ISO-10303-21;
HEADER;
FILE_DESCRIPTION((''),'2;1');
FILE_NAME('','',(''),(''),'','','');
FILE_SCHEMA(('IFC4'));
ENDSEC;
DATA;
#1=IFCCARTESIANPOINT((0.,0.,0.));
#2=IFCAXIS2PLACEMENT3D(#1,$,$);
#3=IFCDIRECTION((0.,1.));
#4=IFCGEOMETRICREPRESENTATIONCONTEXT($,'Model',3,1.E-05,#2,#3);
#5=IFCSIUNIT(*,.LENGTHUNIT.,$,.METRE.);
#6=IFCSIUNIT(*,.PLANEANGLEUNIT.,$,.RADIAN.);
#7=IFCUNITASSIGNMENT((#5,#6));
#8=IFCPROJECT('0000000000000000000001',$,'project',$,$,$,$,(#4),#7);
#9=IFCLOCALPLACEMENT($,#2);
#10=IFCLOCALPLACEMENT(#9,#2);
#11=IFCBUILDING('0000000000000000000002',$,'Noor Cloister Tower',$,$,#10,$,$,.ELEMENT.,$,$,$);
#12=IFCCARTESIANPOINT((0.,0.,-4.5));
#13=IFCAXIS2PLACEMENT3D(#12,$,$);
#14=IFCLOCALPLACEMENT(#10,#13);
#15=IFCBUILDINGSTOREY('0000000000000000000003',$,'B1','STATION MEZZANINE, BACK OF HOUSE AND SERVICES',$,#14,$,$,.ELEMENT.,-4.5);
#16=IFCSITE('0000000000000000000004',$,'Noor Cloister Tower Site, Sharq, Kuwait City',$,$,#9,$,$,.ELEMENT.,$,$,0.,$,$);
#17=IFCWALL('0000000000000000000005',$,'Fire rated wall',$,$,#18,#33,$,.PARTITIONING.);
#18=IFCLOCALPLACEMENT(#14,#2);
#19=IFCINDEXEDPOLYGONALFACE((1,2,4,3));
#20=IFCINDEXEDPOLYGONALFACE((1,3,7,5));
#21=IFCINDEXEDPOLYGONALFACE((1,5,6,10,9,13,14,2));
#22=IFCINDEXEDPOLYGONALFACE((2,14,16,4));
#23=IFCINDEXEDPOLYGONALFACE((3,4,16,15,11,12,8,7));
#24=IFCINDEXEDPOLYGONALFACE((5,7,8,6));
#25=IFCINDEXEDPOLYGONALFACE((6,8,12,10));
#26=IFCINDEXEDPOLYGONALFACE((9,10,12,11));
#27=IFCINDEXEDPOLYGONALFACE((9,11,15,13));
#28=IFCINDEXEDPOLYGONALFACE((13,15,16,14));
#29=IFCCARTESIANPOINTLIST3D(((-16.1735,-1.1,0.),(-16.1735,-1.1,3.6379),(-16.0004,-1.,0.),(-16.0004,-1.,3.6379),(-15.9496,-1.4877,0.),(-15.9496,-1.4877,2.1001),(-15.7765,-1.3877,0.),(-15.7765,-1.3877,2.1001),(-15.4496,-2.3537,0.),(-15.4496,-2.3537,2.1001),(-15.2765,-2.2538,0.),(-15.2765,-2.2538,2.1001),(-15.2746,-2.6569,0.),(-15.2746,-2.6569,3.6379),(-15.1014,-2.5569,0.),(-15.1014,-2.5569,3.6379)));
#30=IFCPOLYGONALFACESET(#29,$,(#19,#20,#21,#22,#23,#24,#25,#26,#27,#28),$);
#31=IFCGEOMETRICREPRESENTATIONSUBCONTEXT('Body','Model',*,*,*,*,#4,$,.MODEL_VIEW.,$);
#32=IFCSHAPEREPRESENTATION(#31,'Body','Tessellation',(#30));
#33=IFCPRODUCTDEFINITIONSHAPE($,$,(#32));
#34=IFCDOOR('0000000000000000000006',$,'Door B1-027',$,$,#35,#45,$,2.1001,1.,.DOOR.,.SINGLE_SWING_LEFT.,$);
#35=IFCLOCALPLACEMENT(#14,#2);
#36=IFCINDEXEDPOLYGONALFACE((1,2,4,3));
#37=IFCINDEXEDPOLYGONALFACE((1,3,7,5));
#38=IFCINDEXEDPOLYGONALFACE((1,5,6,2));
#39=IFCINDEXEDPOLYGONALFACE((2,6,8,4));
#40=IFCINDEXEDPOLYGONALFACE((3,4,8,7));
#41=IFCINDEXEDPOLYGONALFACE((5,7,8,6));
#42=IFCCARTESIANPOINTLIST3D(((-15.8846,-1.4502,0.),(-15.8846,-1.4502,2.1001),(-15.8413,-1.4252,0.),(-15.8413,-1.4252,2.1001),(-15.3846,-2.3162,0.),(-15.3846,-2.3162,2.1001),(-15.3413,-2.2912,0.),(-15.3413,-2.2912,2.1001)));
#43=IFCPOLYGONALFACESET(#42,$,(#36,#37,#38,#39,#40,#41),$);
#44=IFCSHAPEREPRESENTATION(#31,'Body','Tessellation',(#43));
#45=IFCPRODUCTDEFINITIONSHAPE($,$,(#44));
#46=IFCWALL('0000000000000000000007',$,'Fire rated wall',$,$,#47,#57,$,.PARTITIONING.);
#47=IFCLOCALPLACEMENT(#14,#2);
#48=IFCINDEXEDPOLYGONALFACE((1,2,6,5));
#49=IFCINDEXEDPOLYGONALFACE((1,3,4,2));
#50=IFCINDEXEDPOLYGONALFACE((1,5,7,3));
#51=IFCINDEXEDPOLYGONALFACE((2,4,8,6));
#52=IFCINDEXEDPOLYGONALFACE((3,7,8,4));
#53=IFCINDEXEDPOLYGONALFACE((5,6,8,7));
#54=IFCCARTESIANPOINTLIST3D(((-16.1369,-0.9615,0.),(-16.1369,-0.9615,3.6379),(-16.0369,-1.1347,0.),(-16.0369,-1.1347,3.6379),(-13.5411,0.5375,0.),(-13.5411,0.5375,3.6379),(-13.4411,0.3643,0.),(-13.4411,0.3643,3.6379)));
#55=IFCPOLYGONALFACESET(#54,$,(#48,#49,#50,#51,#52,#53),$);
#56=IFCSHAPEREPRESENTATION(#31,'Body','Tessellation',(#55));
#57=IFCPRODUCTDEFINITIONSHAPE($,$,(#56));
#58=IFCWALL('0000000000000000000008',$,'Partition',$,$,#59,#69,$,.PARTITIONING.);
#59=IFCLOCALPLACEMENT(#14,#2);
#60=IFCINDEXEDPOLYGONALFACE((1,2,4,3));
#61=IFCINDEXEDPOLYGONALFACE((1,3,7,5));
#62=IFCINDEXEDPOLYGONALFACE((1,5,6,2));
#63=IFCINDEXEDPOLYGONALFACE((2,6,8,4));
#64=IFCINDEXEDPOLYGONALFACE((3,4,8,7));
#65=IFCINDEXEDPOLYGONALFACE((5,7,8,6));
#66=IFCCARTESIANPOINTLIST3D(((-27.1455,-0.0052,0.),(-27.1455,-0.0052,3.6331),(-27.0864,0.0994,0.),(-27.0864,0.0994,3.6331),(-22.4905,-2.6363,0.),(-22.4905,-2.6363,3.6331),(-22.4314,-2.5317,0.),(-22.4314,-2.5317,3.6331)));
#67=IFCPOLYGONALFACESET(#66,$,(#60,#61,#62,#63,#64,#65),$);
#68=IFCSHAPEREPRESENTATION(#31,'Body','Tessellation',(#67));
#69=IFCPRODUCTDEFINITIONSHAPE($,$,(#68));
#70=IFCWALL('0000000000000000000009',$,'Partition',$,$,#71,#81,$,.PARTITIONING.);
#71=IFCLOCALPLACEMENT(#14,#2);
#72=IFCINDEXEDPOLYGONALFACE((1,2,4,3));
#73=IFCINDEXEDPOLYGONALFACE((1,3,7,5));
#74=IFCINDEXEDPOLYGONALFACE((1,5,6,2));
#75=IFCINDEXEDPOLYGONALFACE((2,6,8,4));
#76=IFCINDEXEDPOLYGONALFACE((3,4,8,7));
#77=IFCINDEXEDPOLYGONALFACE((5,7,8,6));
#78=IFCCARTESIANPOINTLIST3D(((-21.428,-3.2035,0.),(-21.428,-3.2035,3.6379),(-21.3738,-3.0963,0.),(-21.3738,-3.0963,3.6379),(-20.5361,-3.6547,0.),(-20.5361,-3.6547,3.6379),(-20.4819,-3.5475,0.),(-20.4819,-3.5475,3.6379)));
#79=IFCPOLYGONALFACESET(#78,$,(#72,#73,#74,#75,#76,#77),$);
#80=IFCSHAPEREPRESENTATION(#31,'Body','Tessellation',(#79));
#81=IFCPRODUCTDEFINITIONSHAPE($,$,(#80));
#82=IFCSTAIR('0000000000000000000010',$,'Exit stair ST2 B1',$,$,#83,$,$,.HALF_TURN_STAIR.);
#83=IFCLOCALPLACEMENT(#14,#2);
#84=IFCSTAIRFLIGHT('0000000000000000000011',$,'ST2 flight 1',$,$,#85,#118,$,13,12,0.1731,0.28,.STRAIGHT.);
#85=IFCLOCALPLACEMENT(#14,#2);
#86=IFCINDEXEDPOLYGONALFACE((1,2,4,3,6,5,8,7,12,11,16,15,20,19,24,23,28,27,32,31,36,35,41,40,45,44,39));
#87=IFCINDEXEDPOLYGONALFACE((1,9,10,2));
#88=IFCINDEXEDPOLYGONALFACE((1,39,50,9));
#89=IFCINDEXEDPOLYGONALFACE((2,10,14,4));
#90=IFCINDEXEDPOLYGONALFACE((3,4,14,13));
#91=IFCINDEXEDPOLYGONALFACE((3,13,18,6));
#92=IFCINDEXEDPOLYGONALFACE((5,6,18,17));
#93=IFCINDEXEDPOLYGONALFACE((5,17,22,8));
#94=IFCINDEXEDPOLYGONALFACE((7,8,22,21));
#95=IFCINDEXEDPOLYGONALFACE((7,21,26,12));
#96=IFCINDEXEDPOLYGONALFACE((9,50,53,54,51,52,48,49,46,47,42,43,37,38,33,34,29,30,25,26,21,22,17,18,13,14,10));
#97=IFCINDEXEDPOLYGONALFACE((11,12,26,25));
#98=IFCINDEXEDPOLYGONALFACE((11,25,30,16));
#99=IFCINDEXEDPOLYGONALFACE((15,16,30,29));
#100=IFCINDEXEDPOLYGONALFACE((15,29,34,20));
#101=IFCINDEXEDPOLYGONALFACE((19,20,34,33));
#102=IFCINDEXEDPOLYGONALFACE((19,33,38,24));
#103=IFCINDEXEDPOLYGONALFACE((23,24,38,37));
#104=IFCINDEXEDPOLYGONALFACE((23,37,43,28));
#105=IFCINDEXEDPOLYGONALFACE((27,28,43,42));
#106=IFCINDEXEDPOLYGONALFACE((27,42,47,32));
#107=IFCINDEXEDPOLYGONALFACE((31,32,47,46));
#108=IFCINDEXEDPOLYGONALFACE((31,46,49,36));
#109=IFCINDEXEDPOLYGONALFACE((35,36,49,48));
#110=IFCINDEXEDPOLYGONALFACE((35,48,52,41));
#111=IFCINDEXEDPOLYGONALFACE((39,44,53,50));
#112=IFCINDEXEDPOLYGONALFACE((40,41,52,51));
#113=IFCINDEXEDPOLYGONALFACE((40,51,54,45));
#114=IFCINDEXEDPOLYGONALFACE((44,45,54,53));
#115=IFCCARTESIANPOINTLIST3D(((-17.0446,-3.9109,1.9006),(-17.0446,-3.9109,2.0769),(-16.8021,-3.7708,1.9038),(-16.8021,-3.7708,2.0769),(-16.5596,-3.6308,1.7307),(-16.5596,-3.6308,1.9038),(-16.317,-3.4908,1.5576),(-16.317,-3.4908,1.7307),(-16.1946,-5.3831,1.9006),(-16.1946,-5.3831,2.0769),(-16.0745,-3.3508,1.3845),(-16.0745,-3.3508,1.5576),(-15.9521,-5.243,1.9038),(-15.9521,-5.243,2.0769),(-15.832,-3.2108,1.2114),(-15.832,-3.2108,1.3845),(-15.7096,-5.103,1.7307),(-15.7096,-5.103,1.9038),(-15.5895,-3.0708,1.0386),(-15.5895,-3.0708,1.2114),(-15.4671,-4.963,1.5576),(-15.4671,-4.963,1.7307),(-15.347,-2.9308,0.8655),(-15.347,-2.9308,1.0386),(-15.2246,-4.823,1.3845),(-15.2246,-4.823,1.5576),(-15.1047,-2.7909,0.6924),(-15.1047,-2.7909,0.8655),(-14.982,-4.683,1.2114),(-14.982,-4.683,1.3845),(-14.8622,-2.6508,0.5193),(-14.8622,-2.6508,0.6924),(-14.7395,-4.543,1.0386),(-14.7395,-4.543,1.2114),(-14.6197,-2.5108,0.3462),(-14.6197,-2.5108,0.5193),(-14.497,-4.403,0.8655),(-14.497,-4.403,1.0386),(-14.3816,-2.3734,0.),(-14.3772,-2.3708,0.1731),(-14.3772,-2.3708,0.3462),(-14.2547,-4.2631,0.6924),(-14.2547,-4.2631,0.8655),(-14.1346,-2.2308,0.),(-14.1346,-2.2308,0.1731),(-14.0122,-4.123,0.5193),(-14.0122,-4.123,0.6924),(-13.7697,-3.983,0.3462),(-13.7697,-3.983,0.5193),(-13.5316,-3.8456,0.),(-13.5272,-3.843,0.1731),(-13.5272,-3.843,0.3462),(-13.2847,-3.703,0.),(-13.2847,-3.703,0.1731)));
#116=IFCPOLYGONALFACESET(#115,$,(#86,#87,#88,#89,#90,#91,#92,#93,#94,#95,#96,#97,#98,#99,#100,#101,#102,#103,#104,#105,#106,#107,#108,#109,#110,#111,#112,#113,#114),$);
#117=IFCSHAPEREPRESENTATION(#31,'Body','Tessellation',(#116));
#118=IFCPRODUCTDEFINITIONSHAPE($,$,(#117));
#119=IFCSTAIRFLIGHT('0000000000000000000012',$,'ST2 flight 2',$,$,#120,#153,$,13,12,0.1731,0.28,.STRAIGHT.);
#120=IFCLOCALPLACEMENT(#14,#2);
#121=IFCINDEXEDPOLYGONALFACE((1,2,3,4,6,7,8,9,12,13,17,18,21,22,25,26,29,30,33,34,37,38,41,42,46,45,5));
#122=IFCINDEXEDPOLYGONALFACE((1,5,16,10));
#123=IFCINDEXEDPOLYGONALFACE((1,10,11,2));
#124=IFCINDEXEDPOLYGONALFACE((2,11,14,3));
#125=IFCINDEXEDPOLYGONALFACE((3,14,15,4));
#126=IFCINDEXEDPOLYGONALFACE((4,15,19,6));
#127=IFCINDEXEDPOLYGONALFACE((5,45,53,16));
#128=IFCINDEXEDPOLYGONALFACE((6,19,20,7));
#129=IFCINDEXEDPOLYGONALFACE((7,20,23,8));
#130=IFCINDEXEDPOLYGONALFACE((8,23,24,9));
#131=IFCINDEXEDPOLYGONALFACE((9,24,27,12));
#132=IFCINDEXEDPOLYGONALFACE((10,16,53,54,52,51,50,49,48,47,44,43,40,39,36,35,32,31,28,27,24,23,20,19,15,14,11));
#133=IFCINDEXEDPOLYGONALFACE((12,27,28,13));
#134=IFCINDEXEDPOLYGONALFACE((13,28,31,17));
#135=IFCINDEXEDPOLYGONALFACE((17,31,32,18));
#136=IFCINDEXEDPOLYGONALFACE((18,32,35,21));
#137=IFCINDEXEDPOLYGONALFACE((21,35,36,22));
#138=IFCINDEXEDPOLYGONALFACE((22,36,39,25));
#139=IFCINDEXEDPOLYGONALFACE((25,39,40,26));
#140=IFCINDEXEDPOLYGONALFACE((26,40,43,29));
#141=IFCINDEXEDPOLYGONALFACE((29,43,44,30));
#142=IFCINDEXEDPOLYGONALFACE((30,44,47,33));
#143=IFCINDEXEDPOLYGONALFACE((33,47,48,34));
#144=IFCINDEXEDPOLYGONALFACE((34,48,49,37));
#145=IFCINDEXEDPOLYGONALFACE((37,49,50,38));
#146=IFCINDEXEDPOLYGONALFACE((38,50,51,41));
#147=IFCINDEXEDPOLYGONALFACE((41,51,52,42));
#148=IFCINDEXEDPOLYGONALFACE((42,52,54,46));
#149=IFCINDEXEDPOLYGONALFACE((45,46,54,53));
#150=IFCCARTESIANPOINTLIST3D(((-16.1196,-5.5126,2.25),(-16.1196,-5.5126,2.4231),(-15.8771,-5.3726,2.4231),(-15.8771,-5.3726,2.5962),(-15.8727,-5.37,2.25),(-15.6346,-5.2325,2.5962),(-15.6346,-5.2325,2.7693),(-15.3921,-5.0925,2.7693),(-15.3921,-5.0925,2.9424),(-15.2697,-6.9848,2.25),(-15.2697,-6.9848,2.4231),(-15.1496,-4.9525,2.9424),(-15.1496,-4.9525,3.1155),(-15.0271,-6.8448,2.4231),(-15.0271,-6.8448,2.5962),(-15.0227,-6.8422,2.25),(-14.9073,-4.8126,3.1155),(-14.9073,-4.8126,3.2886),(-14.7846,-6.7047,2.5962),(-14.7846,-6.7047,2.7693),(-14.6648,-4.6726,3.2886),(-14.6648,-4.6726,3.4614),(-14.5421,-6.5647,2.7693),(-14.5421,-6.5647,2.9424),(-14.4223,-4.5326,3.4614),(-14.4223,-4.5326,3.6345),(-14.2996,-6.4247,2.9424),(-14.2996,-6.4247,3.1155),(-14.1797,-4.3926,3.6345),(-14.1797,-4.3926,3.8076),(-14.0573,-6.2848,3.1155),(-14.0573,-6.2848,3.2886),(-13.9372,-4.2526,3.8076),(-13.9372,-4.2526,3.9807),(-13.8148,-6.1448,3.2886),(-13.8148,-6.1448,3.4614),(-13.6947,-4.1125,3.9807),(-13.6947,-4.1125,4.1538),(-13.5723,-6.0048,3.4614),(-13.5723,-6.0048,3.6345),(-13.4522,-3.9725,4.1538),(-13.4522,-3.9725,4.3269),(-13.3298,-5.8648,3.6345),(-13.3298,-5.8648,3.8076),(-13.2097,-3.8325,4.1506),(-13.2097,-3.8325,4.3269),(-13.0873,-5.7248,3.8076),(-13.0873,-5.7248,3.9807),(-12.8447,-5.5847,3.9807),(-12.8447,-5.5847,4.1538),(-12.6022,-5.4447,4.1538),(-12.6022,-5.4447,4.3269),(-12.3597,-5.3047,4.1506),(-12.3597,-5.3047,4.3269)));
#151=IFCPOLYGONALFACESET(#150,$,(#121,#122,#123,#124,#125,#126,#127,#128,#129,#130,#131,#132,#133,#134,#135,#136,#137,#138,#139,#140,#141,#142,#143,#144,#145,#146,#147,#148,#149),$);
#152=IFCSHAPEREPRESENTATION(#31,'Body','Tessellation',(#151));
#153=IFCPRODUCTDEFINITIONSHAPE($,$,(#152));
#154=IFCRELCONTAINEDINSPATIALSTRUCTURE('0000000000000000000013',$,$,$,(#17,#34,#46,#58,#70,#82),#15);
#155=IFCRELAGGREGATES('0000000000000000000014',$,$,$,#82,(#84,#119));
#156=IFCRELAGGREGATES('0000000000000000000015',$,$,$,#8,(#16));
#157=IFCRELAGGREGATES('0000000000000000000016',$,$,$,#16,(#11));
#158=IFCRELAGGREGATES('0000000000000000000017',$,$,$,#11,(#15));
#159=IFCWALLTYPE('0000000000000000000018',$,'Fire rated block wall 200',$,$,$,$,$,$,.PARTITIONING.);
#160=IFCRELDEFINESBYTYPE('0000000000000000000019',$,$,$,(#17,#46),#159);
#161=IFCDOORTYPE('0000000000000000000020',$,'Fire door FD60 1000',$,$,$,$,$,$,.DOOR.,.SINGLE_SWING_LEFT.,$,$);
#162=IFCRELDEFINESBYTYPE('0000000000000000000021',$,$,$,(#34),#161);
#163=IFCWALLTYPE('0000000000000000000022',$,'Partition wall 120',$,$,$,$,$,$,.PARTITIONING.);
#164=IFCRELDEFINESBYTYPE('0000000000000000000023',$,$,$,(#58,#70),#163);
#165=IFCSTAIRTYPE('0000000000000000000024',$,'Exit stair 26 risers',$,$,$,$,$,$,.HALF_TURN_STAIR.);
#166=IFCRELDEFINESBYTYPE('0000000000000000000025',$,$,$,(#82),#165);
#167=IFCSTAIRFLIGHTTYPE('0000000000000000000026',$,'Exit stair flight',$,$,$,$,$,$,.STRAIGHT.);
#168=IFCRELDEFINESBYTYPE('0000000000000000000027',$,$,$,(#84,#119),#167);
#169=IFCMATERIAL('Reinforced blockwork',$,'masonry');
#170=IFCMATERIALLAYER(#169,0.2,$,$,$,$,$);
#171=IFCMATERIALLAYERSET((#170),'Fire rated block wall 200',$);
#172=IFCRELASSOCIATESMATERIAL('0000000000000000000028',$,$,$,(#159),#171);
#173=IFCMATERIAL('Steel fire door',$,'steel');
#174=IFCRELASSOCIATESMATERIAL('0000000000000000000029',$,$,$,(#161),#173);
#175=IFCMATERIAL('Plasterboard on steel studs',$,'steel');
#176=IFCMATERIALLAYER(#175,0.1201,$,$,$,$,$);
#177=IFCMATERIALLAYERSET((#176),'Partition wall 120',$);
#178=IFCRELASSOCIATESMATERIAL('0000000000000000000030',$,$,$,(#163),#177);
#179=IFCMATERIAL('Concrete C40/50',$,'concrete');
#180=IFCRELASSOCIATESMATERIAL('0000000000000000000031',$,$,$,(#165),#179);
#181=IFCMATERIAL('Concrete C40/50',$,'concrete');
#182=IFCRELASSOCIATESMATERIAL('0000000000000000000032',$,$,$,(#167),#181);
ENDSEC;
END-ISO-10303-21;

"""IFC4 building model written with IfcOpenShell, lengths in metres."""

from ifc_helpers import new_model, si_unit, direction, frame, frame_2d, origin, place, context, subcontext, project, spatial, polyline, rectangle, outline, extrude, material, layer, layer_set, type_object, element, fill, aggregate, save


model = new_model("IFC4")

# Units and contexts
model_context = context("Model", 3, precision=1e-05, world=origin(), true_north=direction((0.0, 1.0)))
body_context = subcontext(model_context, "Body", "Model", "MODEL_VIEW")
ifc_project = project(units=[si_unit("LENGTHUNIT", "METRE"), si_unit("PLANEANGLEUNIT", "RADIAN")], contexts=[model_context])

# Site, building, storey
site_placement = place(None, origin())
site = spatial("IfcSite", under=ifc_project, at=site_placement, Name="Noor Cloister Tower Site, Sharq, Kuwait City", CompositionType="ELEMENT", RefElevation=0.0)
building_placement = place(site_placement, origin())
building = spatial("IfcBuilding", under=site, at=building_placement, Name="Noor Cloister Tower", CompositionType="ELEMENT")
storey_placement = place(building_placement, frame((0.0, 0.0, -4.5)))
storey = spatial("IfcBuildingStorey", under=building, at=storey_placement, Name="B1", Description="STATION MEZZANINE, BACK OF HOUSE AND SERVICES", CompositionType="ELEMENT", Elevation=-4.5)

# Wall, opening, door
ifc_material_1 = material(Name="Reinforced blockwork", Category="masonry")
ifc_layer_1 = layer(ifc_material_1, 0.2)
ifc_layer_set_1 = layer_set([ifc_layer_1], Name="Fire rated block wall 200")
wall_type_1 = type_object("IfcWallType", Name="Fire rated block wall 200", PredefinedType="PARTITIONING", material=ifc_layer_set_1)
wall_1_placement = place(storey_placement, frame((-15.188, -2.6069, 0.0), z_axis=(0.0, 0.0, 1.0), x_axis=(-0.500024, 0.866011, 0.0)))
wall_1 = element("IfcWall", 1, at=wall_1_placement, inside=storey, type_object=wall_type_1, Name="Fire rated wall", PredefinedType="PARTITIONING", context=body_context, shape_type="SweptSolid", body=[
    extrude(rectangle(XDim=1.7979, YDim=0.2, at=frame_2d((0.8989, 0.0))), origin(), (0.0, 0.0, 1.0), 3.6379),
])
opening_1_placement = place(wall_1_placement, frame((0.3501, 0.0, 0.0)))
opening_1 = element("IfcOpeningElement", 2, at=opening_1_placement, cuts=wall_1, PredefinedType="OPENING", context=body_context, shape_type="SweptSolid", body=[
    extrude(rectangle(XDim=1.0, YDim=2.1001, at=frame_2d((0.5, 1.05))), frame((0.0, 0.1099, 0.0), z_axis=(0.0, -1.0, 0.0), x_axis=(1.0, 0.0, 0.0)), (0.0, 0.0, 1.0), 0.22),
])
ifc_material_2 = material(Name="Steel fire door", Category="steel")
door_type_1 = type_object("IfcDoorType", Name="Fire door FD60 1000", OperationType="SINGLE_SWING_LEFT", PredefinedType="DOOR", material=ifc_material_2)
door_1_placement = place(opening_1_placement, origin())
door_1 = element("IfcDoor", 3, at=door_1_placement, inside=storey, type_object=door_type_1, Name="Door B1-027", OperationType="SINGLE_SWING_LEFT", OverallHeight=2.1001, OverallWidth=1.0, PredefinedType="DOOR", context=body_context, shape_type="SweptSolid", body=[
    extrude(rectangle(XDim=1.0, YDim=2.1001, at=frame_2d((0.5, 1.05))), frame((0.0, 0.0249, 0.0), z_axis=(0.0, -1.0, 0.0), x_axis=(1.0, 0.0, 0.0)), (0.0, 0.0, 1.0), 0.05),
])
fill(opening_1, door_1)

# Walls
wall_2_placement = place(storey_placement, frame((-16.0869, -1.0481, 0.0), z_axis=(0.0, 0.0, 1.0), x_axis=(0.865989, 0.500063, 0.0)))
element("IfcWall", 4, at=wall_2_placement, inside=storey, type_object=wall_type_1, Name="Fire rated wall", PredefinedType="PARTITIONING", context=body_context, shape_type="SweptSolid", body=[
    extrude(rectangle(XDim=2.9976, YDim=0.2, at=frame_2d((1.4988, 0.0))), origin(), (0.0, 0.0, 1.0), 3.6379),
])
ifc_material_3 = material(Name="Plasterboard on steel studs", Category="steel")
ifc_layer_2 = layer(ifc_material_3, 0.1201)
ifc_layer_set_2 = layer_set([ifc_layer_2], Name="Partition wall 120")
wall_type_2 = type_object("IfcWallType", Name="Partition wall 120", PredefinedType="PARTITIONING", material=ifc_layer_set_2)
wall_3_placement = place(storey_placement, frame((-22.4609, -2.584, 0.0), z_axis=(0.0, 0.0, 1.0), x_axis=(-0.870563, 0.492057, 0.0)))
element("IfcWall", 5, at=wall_3_placement, inside=storey, type_object=wall_type_2, Name="Partition", PredefinedType="PARTITIONING", context=body_context, shape_type="SweptSolid", body=[
    extrude(rectangle(XDim=5.3472, YDim=0.1201, at=frame_2d((2.6736, 0.0))), origin(), (0.0, 0.0, 1.0), 3.6331),
])
wall_4_placement = place(storey_placement, frame((-20.509, -3.6011, 0.0), z_axis=(0.0, 0.0, 1.0), x_axis=(-0.892317, 0.45141, 0.0)))
element("IfcWall", 6, at=wall_4_placement, inside=storey, type_object=wall_type_2, Name="Partition", PredefinedType="PARTITIONING", context=body_context, shape_type="SweptSolid", body=[
    extrude(rectangle(XDim=0.9995, YDim=0.1201, at=frame_2d((0.4998, 0.0))), origin(), (0.0, 0.0, 1.0), 3.6379),
])

# Stair, stair flights
ifc_material_4 = material(Name="Concrete C40/50", Category="concrete")
stair_type = type_object("IfcStairType", Name="Exit stair 26 risers", PredefinedType="HALF_TURN_STAIR", material=ifc_material_4)
stair_placement = place(storey_placement, origin())
stair = element("IfcStair", 7, at=stair_placement, inside=storey, type_object=stair_type, Name="Exit stair ST2 B1", PredefinedType="HALF_TURN_STAIR")
ifc_material_5 = material(Name="Concrete C40/50", Category="concrete")
stair_flight_type = type_object("IfcStairFlightType", Name="Exit stair flight", PredefinedType="STRAIGHT", material=ifc_material_5)
stair_flight_1_placement = place(storey_placement, frame((-13.7097, -2.9668, 0.0), z_axis=(0.0, 0.0, 1.0), x_axis=(-0.866025, -0.5, 0.0)))
stair_flight_1 = element("IfcStairFlight", 8, at=stair_flight_1_placement, type_object=stair_flight_type, Name="ST2 flight 1", NumberOfRisers=13, NumberOfTreads=12, PredefinedType="STRAIGHT", RiserHeight=0.1731, TreadLength=0.28, context=body_context, shape_type="SweptSolid", body=[
    extrude(outline(polyline([(0.0, 0.0), (0.0, 0.1731), (0.28, 0.1731), (0.28, 0.3462), (0.5601, 0.3462), (0.5601, 0.5193), (0.8401, 0.5193), (0.8401, 0.6924), (1.1201, 0.6924), (1.1201, 0.8655), (1.3999, 0.8655), (1.3999, 1.0386), (1.6799, 1.0386), (1.6799, 1.2114), (1.96, 1.2114), (1.96, 1.3845), (2.24, 1.3845), (2.24, 1.5576), (2.52, 1.5576), (2.52, 1.7307), (2.8, 1.7307), (2.8, 1.9038), (3.0801, 1.9038), (3.0801, 2.0769), (3.3601, 2.0769), (3.3601, 2.25), (3.3601, 1.9006), (0.2852, 0.0), (0.0, 0.0)])), frame((0.0, 0.8501, 0.0), z_axis=(0.0, -1.0, 0.0), x_axis=(1.0, 0.0, 0.0)), (0.0, 0.0, 1.0), 1.7),
])
stair_flight_2_placement = place(storey_placement, frame((-15.6946, -6.2488, 2.25), z_axis=(0.0, 0.0, 1.0), x_axis=(0.866025, 0.5, 0.0)))
stair_flight_2 = element("IfcStairFlight", 9, at=stair_flight_2_placement, type_object=stair_flight_type, Name="ST2 flight 2", NumberOfRisers=13, NumberOfTreads=12, PredefinedType="STRAIGHT", RiserHeight=0.1731, TreadLength=0.28, context=body_context, shape_type="SweptSolid", body=[
    extrude(outline(polyline([(0.0, 0.0), (0.0, 0.1731), (0.28, 0.1731), (0.28, 0.3462), (0.5601, 0.3462), (0.5601, 0.5193), (0.8401, 0.5193), (0.8401, 0.6924), (1.1201, 0.6924), (1.1201, 0.8655), (1.3999, 0.8655), (1.3999, 1.0386), (1.6799, 1.0386), (1.6799, 1.2114), (1.96, 1.2114), (1.96, 1.3845), (2.24, 1.3845), (2.24, 1.5576), (2.52, 1.5576), (2.52, 1.7307), (2.8, 1.7307), (2.8, 1.9038), (3.0801, 1.9038), (3.0801, 2.0769), (3.3601, 2.0769), (3.3601, 2.25), (3.3601, 1.9006), (0.2852, 0.0), (0.0, 0.0)])), frame((0.0, 0.8501, 0.0), z_axis=(0.0, -1.0, 0.0), x_axis=(1.0, 0.0, 0.0)), (0.0, 0.0, 1.0), 1.7),
])
aggregate(stair, [stair_flight_1, stair_flight_2])

save(model, "model.ifc")
